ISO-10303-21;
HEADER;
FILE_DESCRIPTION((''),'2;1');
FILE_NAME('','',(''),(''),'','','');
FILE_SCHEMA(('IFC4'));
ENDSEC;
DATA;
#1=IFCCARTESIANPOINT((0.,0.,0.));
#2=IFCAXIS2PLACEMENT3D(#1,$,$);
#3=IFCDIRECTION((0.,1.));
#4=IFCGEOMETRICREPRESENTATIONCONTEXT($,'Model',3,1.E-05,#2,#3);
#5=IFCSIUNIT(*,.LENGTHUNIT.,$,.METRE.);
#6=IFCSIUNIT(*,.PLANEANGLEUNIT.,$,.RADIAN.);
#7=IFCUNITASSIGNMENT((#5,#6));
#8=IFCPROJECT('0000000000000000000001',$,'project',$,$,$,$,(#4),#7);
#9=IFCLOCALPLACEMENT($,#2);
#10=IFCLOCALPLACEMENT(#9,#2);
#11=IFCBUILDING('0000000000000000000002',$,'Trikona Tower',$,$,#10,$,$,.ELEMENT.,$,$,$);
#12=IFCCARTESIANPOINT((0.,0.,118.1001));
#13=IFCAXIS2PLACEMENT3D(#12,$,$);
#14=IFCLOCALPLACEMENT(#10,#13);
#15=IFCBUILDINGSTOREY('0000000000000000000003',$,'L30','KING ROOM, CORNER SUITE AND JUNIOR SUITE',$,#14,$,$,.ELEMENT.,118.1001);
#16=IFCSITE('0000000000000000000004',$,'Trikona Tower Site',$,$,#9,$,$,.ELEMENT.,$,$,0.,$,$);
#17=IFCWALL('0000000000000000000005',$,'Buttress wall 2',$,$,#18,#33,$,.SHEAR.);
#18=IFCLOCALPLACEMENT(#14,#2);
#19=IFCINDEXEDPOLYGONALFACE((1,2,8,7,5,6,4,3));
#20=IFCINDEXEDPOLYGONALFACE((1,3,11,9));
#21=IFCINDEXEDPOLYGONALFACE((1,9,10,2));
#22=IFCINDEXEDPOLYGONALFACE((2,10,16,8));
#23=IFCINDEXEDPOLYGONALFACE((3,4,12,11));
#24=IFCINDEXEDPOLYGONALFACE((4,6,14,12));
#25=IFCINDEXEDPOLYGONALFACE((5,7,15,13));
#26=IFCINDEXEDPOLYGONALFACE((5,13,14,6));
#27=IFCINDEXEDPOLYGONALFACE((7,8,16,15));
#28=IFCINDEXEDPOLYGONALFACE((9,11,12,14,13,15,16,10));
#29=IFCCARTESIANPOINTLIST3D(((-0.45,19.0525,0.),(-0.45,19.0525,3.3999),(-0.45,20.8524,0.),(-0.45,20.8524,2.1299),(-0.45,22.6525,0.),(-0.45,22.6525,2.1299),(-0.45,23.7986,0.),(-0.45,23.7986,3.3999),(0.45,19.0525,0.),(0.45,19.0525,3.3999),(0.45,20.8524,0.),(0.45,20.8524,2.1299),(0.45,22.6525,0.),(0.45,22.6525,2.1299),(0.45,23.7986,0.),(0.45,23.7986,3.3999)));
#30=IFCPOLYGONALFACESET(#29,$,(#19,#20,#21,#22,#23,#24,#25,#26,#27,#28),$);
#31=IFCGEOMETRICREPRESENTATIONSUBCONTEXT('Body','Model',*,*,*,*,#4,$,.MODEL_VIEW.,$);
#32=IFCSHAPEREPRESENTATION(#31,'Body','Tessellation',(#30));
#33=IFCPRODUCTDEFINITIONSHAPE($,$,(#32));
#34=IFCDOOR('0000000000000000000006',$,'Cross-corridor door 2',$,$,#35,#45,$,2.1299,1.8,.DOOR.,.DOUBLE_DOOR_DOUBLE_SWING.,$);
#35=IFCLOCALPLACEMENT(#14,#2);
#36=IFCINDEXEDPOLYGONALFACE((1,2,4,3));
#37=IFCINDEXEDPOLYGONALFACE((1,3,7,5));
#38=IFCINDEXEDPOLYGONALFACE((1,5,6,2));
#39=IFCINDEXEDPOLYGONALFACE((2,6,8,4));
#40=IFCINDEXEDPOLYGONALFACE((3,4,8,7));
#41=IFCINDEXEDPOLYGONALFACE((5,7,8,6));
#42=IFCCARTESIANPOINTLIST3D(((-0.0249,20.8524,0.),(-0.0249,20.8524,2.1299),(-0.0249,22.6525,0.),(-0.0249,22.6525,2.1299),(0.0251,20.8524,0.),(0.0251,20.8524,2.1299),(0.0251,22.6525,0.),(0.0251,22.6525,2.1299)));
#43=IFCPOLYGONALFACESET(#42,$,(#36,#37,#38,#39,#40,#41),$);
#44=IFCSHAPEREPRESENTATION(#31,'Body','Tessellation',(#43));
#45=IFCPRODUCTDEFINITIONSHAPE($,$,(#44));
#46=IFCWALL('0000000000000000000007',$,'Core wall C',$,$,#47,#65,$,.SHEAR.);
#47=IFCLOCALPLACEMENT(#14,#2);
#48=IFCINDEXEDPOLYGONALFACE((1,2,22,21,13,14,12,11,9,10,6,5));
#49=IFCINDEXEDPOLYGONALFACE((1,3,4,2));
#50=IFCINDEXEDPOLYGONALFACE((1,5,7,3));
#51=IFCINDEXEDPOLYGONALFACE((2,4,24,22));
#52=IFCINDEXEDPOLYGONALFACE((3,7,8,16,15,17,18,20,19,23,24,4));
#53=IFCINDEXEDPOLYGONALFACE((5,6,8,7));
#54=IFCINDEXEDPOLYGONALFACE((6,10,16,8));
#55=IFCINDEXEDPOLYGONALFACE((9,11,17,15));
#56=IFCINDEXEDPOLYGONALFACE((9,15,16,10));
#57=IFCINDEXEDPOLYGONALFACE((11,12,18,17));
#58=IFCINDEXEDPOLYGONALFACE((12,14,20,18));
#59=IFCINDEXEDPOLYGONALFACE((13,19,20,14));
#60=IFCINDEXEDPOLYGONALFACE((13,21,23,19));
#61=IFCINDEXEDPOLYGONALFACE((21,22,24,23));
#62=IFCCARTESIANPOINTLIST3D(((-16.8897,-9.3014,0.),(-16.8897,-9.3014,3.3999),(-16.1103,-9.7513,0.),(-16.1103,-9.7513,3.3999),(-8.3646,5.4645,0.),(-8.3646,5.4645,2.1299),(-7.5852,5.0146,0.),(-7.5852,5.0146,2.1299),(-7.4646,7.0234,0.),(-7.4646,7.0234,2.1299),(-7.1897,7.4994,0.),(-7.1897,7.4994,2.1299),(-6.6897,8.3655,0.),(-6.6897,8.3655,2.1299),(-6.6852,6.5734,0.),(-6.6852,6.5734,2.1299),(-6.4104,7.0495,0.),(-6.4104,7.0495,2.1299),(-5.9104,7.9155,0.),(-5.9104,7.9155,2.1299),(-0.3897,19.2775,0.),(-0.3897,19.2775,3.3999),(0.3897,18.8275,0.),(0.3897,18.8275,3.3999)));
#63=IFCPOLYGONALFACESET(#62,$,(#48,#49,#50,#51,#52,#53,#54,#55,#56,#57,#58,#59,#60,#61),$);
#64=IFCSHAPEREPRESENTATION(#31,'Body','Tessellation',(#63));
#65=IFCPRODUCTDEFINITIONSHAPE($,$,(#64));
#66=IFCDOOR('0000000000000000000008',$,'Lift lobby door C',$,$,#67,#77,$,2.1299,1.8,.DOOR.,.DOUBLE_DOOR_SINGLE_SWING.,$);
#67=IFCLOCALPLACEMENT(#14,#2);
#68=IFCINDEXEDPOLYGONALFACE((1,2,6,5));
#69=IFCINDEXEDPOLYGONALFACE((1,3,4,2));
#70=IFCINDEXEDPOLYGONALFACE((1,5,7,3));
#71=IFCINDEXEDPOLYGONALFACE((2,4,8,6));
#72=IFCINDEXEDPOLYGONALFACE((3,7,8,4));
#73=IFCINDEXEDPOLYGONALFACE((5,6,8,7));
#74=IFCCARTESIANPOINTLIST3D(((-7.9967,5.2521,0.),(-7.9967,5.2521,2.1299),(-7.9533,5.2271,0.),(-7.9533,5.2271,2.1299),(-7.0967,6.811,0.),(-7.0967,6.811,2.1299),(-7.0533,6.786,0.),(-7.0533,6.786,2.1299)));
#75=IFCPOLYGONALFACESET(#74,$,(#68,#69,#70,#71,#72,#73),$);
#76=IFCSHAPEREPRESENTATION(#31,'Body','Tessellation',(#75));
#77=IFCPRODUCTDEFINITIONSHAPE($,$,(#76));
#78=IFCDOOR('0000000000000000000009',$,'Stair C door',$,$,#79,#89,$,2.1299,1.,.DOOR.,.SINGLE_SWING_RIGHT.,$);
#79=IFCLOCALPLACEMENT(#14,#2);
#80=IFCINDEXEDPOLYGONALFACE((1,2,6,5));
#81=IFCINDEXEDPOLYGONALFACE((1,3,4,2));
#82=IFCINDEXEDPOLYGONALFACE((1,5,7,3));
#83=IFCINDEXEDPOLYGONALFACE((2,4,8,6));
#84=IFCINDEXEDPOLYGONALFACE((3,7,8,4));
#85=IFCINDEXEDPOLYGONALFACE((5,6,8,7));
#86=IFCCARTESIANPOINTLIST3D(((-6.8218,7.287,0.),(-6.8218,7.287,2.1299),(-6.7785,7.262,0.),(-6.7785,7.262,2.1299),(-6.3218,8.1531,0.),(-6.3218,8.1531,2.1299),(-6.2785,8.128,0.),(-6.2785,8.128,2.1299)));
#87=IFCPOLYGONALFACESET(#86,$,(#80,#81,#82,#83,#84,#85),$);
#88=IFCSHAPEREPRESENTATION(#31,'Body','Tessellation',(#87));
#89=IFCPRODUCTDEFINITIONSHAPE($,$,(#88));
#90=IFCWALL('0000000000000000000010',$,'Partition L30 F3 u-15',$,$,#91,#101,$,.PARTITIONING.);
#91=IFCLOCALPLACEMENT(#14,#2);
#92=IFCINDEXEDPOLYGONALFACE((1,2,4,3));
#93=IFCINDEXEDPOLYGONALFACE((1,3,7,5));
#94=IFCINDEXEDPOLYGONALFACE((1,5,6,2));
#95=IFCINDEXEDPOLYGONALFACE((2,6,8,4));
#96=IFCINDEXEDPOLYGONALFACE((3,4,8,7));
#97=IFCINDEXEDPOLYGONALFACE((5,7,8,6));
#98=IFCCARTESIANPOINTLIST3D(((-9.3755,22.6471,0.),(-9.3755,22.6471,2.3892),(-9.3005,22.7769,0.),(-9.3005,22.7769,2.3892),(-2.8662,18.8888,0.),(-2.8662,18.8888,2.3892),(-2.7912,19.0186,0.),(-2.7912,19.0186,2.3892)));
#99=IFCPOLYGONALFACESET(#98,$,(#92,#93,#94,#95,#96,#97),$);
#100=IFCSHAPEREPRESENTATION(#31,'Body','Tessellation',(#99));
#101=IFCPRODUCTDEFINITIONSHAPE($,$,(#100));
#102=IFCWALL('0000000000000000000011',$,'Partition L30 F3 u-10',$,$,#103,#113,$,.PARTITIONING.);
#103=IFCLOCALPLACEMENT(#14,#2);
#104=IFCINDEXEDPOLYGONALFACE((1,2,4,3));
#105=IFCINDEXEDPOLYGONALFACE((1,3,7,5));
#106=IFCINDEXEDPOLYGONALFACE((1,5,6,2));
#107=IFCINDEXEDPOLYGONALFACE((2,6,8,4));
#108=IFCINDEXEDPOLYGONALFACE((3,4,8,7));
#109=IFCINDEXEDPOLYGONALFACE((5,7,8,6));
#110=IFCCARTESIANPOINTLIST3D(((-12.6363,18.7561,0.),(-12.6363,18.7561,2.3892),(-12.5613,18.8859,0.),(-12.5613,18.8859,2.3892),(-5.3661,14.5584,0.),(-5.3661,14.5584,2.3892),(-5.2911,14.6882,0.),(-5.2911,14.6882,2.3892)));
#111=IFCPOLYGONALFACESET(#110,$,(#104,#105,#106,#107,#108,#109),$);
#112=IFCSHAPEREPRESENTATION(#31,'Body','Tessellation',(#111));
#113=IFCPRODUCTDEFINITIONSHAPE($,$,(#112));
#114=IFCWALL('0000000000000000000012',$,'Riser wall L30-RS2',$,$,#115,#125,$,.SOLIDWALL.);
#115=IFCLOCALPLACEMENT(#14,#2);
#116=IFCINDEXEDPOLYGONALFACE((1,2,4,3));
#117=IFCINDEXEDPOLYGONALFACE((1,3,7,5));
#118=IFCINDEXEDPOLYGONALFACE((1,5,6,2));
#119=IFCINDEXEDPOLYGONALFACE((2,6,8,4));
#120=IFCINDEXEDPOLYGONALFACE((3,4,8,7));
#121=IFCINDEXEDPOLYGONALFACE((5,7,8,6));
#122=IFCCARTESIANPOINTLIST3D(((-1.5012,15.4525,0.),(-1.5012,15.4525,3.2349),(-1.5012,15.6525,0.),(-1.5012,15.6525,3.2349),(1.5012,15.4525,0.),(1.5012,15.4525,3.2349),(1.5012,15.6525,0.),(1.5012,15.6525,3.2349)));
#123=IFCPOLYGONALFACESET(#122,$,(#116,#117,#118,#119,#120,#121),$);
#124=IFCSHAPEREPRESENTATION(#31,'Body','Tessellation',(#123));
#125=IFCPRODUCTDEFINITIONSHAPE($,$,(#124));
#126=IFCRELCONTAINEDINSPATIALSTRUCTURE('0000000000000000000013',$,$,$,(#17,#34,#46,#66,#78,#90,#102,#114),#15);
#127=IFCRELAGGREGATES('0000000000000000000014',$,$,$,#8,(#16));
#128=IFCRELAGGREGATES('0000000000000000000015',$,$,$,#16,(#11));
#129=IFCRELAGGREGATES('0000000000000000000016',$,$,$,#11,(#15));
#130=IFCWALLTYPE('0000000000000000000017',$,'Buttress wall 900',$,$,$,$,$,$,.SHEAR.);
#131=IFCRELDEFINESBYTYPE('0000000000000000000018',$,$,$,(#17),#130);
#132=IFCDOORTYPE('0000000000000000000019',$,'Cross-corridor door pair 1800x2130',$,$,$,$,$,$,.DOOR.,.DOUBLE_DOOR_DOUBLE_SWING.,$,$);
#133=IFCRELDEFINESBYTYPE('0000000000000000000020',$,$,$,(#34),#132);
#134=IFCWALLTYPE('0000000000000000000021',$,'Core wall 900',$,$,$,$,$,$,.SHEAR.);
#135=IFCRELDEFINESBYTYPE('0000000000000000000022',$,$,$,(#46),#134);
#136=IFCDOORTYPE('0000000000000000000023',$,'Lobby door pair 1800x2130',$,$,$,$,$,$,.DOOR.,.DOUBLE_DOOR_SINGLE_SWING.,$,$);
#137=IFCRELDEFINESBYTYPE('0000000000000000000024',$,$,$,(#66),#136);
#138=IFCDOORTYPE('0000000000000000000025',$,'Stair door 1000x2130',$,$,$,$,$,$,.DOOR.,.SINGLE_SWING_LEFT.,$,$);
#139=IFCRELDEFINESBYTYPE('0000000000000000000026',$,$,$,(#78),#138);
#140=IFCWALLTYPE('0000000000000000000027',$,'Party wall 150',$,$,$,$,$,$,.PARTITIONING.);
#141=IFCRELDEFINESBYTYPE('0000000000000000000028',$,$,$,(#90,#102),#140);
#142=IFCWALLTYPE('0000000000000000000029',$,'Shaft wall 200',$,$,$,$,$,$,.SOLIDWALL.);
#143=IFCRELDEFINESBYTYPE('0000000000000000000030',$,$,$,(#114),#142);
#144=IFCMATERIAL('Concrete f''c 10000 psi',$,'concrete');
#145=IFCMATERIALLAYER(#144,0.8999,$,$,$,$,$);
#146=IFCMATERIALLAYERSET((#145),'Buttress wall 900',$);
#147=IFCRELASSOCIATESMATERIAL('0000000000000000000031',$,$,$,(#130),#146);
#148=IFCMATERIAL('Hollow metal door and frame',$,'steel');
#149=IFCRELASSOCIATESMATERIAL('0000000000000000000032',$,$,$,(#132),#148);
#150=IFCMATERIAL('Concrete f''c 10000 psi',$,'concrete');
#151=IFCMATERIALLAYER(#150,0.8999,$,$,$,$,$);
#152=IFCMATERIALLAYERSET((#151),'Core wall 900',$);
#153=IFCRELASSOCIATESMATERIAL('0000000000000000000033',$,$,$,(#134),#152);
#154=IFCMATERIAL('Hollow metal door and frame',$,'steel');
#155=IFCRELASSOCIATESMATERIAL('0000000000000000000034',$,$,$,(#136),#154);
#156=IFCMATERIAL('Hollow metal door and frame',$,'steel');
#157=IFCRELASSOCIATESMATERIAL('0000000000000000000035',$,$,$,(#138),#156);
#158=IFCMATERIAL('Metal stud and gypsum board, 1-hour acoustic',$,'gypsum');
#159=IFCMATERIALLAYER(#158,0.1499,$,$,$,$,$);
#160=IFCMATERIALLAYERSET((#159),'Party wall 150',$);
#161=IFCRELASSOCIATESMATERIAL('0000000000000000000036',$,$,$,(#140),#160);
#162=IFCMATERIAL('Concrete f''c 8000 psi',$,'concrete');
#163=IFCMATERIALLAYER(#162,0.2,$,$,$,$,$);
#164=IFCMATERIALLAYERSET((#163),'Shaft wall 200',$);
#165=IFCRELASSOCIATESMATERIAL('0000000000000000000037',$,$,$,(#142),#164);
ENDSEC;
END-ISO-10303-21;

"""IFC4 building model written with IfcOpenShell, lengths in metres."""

from ifc_helpers import new_model, si_unit, direction, frame, frame_2d, origin, place, context, subcontext, project, spatial, rectangle, extrude, material, layer, layer_set, type_object, element, fill, save


model = new_model("IFC4")

# Units and contexts
model_context = context("Model", 3, precision=1e-05, world=origin(), true_north=direction((0.0, 1.0)))
body_context = subcontext(model_context, "Body", "Model", "MODEL_VIEW")
ifc_project = project(units=[si_unit("LENGTHUNIT", "METRE"), si_unit("PLANEANGLEUNIT", "RADIAN")], contexts=[model_context])

# Site, building, storey
site_placement = place(None, origin())
site = spatial("IfcSite", under=ifc_project, at=site_placement, Name="Trikona Tower Site", CompositionType="ELEMENT", RefElevation=0.0)
building_placement = place(site_placement, origin())
building = spatial("IfcBuilding", under=site, at=building_placement, Name="Trikona Tower", CompositionType="ELEMENT")
storey_placement = place(building_placement, frame((0.0, 0.0, 118.1001)))
storey = spatial("IfcBuildingStorey", under=building, at=storey_placement, Name="L30", Description="KING ROOM, CORNER SUITE AND JUNIOR SUITE", CompositionType="ELEMENT", Elevation=118.1001)

# Wall, opening, door
ifc_material_1 = material(Name="Concrete f'c 10000 psi", Category="concrete")
ifc_layer_1 = layer(ifc_material_1, 0.8999)
ifc_layer_set_1 = layer_set([ifc_layer_1], Name="Buttress wall 900")
wall_type_1 = type_object("IfcWallType", Name="Buttress wall 900", PredefinedType="SHEAR", material=ifc_layer_set_1)
wall_1_placement = place(storey_placement, frame((0.0, 19.0525, 0.0), z_axis=(0.0, 0.0, 1.0), x_axis=(0.0, 1.0, 0.0)))
wall_1 = element("IfcWall", 1, at=wall_1_placement, inside=storey, type_object=wall_type_1, Name="Buttress wall 2", PredefinedType="SHEAR", context=body_context, shape_type="SweptSolid", body=[
    extrude(rectangle(XDim=4.7461, YDim=0.8999, at=frame_2d((2.373, 0.0))), origin(), (0.0, 0.0, 1.0), 3.3999),
])
opening_1_placement = place(wall_1_placement, frame((1.8, 0.0, 0.0)))
opening_1 = element("IfcOpeningElement", 2, at=opening_1_placement, cuts=wall_1, PredefinedType="OPENING", context=body_context, shape_type="SweptSolid", body=[
    extrude(rectangle(XDim=1.8, YDim=2.1299, at=frame_2d((0.8999, 1.0649))), frame((0.0, 0.46, 0.0), z_axis=(0.0, -1.0, 0.0), x_axis=(1.0, 0.0, 0.0)), (0.0, 0.0, 1.0), 0.9199),
])
ifc_material_2 = material(Name="Hollow metal door and frame", Category="steel")
door_type_1 = type_object("IfcDoorType", Name="Cross-corridor door pair 1800x2130", OperationType="DOUBLE_DOOR_DOUBLE_SWING", PredefinedType="DOOR", material=ifc_material_2)
door_1_placement = place(opening_1_placement, origin())
door_1 = element("IfcDoor", 3, at=door_1_placement, inside=storey, type_object=door_type_1, Name="Cross-corridor door 2", OperationType="DOUBLE_DOOR_DOUBLE_SWING", OverallHeight=2.1299, OverallWidth=1.8, PredefinedType="DOOR", context=body_context, shape_type="SweptSolid", body=[
    extrude(rectangle(XDim=1.8, YDim=2.1299, at=frame_2d((0.8999, 1.0649))), frame((0.0, 0.0249, 0.0), z_axis=(0.0, -1.0, 0.0), x_axis=(1.0, 0.0, 0.0)), (0.0, 0.0, 1.0), 0.05),
])
fill(opening_1, door_1)

# Wall, openings, doors
ifc_material_3 = material(Name="Concrete f'c 10000 psi", Category="concrete")
ifc_layer_2 = layer(ifc_material_3, 0.8999)
ifc_layer_set_2 = layer_set([ifc_layer_2], Name="Core wall 900")
wall_type_2 = type_object("IfcWallType", Name="Core wall 900", PredefinedType="SHEAR", material=ifc_layer_set_2)
wall_2_placement = place(storey_placement, frame((0.0, 19.0525, 0.0), z_axis=(0.0, 0.0, 1.0), x_axis=(-0.5, -0.866026, 0.0)))
wall_2 = element("IfcWall", 4, at=wall_2_placement, inside=storey, type_object=wall_type_2, Name="Core wall C", PredefinedType="SHEAR", context=body_context, shape_type="SweptSolid", body=[
    extrude(rectangle(XDim=33.0, YDim=0.8999, at=frame_2d((16.5, 0.0))), origin(), (0.0, 0.0, 1.0), 3.3999),
])
opening_2_placement = place(wall_2_placement, frame((14.1499, 0.0, 0.0)))
opening_2 = element("IfcOpeningElement", 5, at=opening_2_placement, cuts=wall_2, PredefinedType="OPENING", context=body_context, shape_type="SweptSolid", body=[
    extrude(rectangle(XDim=1.8, YDim=2.1299, at=frame_2d((0.8999, 1.0649))), frame((0.0, 0.46, 0.0), z_axis=(0.0, -1.0, 0.0), x_axis=(1.0, 0.0, 0.0)), (0.0, 0.0, 1.0), 0.9199),
])
opening_3_placement = place(wall_2_placement, frame((12.6001, 0.0, 0.0)))
opening_3 = element("IfcOpeningElement", 6, at=opening_3_placement, cuts=wall_2, PredefinedType="OPENING", context=body_context, shape_type="SweptSolid", body=[
    extrude(rectangle(XDim=1.0, YDim=2.1299, at=frame_2d((0.5, 1.0649))), frame((0.0, 0.46, 0.0), z_axis=(0.0, -1.0, 0.0), x_axis=(1.0, 0.0, 0.0)), (0.0, 0.0, 1.0), 0.9199),
])
ifc_material_4 = material(Name="Hollow metal door and frame", Category="steel")
door_type_2 = type_object("IfcDoorType", Name="Lobby door pair 1800x2130", OperationType="DOUBLE_DOOR_SINGLE_SWING", PredefinedType="DOOR", material=ifc_material_4)
door_2_placement = place(opening_2_placement, origin())
door_2 = element("IfcDoor", 7, at=door_2_placement, inside=storey, type_object=door_type_2, Name="Lift lobby door C", OperationType="DOUBLE_DOOR_SINGLE_SWING", OverallHeight=2.1299, OverallWidth=1.8, PredefinedType="DOOR", context=body_context, shape_type="SweptSolid", body=[
    extrude(rectangle(XDim=1.8, YDim=2.1299, at=frame_2d((0.8999, 1.0649))), frame((0.0, 0.0249, 0.0), z_axis=(0.0, -1.0, 0.0), x_axis=(1.0, 0.0, 0.0)), (0.0, 0.0, 1.0), 0.05),
])
fill(opening_2, door_2)
ifc_material_5 = material(Name="Hollow metal door and frame", Category="steel")
door_type_3 = type_object("IfcDoorType", Name="Stair door 1000x2130", OperationType="SINGLE_SWING_LEFT", PredefinedType="DOOR", material=ifc_material_5)
door_3_placement = place(opening_3_placement, origin())
door_3 = element("IfcDoor", 8, at=door_3_placement, inside=storey, type_object=door_type_3, Name="Stair C door", OperationType="SINGLE_SWING_RIGHT", OverallHeight=2.1299, OverallWidth=1.0, PredefinedType="DOOR", context=body_context, shape_type="SweptSolid", body=[
    extrude(rectangle(XDim=1.0, YDim=2.1299, at=frame_2d((0.5, 1.0649))), frame((0.0, 0.0249, 0.0), z_axis=(0.0, -1.0, 0.0), x_axis=(1.0, 0.0, 0.0)), (0.0, 0.0, 1.0), 0.05),
])
fill(opening_3, door_3)

# Walls
ifc_material_6 = material(Name="Metal stud and gypsum board, 1-hour acoustic", Category="gypsum")
ifc_layer_3 = layer(ifc_material_6, 0.1499)
ifc_layer_set_3 = layer_set([ifc_layer_3], Name="Party wall 150")
wall_type_3 = type_object("IfcWallType", Name="Party wall 150", PredefinedType="PARTITIONING", material=ifc_layer_set_3)
wall_3_placement = place(storey_placement, frame((-2.8286, 18.9536, 0.0), z_axis=(0.0, 0.0, 1.0), x_axis=(-0.866016, 0.500017, 0.0)))
element("IfcWall", 9, at=wall_3_placement, inside=storey, type_object=wall_type_3, Name="Partition L30 F3 u-15", PredefinedType="PARTITIONING", context=body_context, shape_type="SweptSolid", body=[
    extrude(rectangle(XDim=7.5164, YDim=0.1499, at=frame_2d((3.7583, 0.0))), origin(), (0.0, 0.0, 1.0), 2.3892),
])
wall_4_placement = place(storey_placement, frame((-5.3286, 14.6233, 0.0), z_axis=(0.0, 0.0, 1.0), x_axis=(-0.866012, 0.500024, 0.0)))
element("IfcWall", 10, at=wall_4_placement, inside=storey, type_object=wall_type_3, Name="Partition L30 F3 u-10", PredefinedType="PARTITIONING", context=body_context, shape_type="SweptSolid", body=[
    extrude(rectangle(XDim=8.395, YDim=0.1499, at=frame_2d((4.1975, 0.0))), origin(), (0.0, 0.0, 1.0), 2.3892),
])
ifc_material_7 = material(Name="Concrete f'c 8000 psi", Category="concrete")
ifc_layer_4 = layer(ifc_material_7, 0.2)
ifc_layer_set_4 = layer_set([ifc_layer_4], Name="Shaft wall 200")
wall_type_4 = type_object("IfcWallType", Name="Shaft wall 200", PredefinedType="SOLIDWALL", material=ifc_layer_set_4)
wall_5_placement = place(storey_placement, frame((-1.5012, 15.5525, 0.0), z_axis=(0.0, 0.0, 1.0), x_axis=(1.0, 0.0, 0.0)))
element("IfcWall", 11, at=wall_5_placement, inside=storey, type_object=wall_type_4, Name="Riser wall L30-RS2", PredefinedType="SOLIDWALL", context=body_context, shape_type="SweptSolid", body=[
    extrude(rectangle(XDim=3.0024, YDim=0.2, at=frame_2d((1.5012, 0.0))), origin(), (0.0, 0.0, 1.0), 3.2349),
])

save(model, "model.ifc")
